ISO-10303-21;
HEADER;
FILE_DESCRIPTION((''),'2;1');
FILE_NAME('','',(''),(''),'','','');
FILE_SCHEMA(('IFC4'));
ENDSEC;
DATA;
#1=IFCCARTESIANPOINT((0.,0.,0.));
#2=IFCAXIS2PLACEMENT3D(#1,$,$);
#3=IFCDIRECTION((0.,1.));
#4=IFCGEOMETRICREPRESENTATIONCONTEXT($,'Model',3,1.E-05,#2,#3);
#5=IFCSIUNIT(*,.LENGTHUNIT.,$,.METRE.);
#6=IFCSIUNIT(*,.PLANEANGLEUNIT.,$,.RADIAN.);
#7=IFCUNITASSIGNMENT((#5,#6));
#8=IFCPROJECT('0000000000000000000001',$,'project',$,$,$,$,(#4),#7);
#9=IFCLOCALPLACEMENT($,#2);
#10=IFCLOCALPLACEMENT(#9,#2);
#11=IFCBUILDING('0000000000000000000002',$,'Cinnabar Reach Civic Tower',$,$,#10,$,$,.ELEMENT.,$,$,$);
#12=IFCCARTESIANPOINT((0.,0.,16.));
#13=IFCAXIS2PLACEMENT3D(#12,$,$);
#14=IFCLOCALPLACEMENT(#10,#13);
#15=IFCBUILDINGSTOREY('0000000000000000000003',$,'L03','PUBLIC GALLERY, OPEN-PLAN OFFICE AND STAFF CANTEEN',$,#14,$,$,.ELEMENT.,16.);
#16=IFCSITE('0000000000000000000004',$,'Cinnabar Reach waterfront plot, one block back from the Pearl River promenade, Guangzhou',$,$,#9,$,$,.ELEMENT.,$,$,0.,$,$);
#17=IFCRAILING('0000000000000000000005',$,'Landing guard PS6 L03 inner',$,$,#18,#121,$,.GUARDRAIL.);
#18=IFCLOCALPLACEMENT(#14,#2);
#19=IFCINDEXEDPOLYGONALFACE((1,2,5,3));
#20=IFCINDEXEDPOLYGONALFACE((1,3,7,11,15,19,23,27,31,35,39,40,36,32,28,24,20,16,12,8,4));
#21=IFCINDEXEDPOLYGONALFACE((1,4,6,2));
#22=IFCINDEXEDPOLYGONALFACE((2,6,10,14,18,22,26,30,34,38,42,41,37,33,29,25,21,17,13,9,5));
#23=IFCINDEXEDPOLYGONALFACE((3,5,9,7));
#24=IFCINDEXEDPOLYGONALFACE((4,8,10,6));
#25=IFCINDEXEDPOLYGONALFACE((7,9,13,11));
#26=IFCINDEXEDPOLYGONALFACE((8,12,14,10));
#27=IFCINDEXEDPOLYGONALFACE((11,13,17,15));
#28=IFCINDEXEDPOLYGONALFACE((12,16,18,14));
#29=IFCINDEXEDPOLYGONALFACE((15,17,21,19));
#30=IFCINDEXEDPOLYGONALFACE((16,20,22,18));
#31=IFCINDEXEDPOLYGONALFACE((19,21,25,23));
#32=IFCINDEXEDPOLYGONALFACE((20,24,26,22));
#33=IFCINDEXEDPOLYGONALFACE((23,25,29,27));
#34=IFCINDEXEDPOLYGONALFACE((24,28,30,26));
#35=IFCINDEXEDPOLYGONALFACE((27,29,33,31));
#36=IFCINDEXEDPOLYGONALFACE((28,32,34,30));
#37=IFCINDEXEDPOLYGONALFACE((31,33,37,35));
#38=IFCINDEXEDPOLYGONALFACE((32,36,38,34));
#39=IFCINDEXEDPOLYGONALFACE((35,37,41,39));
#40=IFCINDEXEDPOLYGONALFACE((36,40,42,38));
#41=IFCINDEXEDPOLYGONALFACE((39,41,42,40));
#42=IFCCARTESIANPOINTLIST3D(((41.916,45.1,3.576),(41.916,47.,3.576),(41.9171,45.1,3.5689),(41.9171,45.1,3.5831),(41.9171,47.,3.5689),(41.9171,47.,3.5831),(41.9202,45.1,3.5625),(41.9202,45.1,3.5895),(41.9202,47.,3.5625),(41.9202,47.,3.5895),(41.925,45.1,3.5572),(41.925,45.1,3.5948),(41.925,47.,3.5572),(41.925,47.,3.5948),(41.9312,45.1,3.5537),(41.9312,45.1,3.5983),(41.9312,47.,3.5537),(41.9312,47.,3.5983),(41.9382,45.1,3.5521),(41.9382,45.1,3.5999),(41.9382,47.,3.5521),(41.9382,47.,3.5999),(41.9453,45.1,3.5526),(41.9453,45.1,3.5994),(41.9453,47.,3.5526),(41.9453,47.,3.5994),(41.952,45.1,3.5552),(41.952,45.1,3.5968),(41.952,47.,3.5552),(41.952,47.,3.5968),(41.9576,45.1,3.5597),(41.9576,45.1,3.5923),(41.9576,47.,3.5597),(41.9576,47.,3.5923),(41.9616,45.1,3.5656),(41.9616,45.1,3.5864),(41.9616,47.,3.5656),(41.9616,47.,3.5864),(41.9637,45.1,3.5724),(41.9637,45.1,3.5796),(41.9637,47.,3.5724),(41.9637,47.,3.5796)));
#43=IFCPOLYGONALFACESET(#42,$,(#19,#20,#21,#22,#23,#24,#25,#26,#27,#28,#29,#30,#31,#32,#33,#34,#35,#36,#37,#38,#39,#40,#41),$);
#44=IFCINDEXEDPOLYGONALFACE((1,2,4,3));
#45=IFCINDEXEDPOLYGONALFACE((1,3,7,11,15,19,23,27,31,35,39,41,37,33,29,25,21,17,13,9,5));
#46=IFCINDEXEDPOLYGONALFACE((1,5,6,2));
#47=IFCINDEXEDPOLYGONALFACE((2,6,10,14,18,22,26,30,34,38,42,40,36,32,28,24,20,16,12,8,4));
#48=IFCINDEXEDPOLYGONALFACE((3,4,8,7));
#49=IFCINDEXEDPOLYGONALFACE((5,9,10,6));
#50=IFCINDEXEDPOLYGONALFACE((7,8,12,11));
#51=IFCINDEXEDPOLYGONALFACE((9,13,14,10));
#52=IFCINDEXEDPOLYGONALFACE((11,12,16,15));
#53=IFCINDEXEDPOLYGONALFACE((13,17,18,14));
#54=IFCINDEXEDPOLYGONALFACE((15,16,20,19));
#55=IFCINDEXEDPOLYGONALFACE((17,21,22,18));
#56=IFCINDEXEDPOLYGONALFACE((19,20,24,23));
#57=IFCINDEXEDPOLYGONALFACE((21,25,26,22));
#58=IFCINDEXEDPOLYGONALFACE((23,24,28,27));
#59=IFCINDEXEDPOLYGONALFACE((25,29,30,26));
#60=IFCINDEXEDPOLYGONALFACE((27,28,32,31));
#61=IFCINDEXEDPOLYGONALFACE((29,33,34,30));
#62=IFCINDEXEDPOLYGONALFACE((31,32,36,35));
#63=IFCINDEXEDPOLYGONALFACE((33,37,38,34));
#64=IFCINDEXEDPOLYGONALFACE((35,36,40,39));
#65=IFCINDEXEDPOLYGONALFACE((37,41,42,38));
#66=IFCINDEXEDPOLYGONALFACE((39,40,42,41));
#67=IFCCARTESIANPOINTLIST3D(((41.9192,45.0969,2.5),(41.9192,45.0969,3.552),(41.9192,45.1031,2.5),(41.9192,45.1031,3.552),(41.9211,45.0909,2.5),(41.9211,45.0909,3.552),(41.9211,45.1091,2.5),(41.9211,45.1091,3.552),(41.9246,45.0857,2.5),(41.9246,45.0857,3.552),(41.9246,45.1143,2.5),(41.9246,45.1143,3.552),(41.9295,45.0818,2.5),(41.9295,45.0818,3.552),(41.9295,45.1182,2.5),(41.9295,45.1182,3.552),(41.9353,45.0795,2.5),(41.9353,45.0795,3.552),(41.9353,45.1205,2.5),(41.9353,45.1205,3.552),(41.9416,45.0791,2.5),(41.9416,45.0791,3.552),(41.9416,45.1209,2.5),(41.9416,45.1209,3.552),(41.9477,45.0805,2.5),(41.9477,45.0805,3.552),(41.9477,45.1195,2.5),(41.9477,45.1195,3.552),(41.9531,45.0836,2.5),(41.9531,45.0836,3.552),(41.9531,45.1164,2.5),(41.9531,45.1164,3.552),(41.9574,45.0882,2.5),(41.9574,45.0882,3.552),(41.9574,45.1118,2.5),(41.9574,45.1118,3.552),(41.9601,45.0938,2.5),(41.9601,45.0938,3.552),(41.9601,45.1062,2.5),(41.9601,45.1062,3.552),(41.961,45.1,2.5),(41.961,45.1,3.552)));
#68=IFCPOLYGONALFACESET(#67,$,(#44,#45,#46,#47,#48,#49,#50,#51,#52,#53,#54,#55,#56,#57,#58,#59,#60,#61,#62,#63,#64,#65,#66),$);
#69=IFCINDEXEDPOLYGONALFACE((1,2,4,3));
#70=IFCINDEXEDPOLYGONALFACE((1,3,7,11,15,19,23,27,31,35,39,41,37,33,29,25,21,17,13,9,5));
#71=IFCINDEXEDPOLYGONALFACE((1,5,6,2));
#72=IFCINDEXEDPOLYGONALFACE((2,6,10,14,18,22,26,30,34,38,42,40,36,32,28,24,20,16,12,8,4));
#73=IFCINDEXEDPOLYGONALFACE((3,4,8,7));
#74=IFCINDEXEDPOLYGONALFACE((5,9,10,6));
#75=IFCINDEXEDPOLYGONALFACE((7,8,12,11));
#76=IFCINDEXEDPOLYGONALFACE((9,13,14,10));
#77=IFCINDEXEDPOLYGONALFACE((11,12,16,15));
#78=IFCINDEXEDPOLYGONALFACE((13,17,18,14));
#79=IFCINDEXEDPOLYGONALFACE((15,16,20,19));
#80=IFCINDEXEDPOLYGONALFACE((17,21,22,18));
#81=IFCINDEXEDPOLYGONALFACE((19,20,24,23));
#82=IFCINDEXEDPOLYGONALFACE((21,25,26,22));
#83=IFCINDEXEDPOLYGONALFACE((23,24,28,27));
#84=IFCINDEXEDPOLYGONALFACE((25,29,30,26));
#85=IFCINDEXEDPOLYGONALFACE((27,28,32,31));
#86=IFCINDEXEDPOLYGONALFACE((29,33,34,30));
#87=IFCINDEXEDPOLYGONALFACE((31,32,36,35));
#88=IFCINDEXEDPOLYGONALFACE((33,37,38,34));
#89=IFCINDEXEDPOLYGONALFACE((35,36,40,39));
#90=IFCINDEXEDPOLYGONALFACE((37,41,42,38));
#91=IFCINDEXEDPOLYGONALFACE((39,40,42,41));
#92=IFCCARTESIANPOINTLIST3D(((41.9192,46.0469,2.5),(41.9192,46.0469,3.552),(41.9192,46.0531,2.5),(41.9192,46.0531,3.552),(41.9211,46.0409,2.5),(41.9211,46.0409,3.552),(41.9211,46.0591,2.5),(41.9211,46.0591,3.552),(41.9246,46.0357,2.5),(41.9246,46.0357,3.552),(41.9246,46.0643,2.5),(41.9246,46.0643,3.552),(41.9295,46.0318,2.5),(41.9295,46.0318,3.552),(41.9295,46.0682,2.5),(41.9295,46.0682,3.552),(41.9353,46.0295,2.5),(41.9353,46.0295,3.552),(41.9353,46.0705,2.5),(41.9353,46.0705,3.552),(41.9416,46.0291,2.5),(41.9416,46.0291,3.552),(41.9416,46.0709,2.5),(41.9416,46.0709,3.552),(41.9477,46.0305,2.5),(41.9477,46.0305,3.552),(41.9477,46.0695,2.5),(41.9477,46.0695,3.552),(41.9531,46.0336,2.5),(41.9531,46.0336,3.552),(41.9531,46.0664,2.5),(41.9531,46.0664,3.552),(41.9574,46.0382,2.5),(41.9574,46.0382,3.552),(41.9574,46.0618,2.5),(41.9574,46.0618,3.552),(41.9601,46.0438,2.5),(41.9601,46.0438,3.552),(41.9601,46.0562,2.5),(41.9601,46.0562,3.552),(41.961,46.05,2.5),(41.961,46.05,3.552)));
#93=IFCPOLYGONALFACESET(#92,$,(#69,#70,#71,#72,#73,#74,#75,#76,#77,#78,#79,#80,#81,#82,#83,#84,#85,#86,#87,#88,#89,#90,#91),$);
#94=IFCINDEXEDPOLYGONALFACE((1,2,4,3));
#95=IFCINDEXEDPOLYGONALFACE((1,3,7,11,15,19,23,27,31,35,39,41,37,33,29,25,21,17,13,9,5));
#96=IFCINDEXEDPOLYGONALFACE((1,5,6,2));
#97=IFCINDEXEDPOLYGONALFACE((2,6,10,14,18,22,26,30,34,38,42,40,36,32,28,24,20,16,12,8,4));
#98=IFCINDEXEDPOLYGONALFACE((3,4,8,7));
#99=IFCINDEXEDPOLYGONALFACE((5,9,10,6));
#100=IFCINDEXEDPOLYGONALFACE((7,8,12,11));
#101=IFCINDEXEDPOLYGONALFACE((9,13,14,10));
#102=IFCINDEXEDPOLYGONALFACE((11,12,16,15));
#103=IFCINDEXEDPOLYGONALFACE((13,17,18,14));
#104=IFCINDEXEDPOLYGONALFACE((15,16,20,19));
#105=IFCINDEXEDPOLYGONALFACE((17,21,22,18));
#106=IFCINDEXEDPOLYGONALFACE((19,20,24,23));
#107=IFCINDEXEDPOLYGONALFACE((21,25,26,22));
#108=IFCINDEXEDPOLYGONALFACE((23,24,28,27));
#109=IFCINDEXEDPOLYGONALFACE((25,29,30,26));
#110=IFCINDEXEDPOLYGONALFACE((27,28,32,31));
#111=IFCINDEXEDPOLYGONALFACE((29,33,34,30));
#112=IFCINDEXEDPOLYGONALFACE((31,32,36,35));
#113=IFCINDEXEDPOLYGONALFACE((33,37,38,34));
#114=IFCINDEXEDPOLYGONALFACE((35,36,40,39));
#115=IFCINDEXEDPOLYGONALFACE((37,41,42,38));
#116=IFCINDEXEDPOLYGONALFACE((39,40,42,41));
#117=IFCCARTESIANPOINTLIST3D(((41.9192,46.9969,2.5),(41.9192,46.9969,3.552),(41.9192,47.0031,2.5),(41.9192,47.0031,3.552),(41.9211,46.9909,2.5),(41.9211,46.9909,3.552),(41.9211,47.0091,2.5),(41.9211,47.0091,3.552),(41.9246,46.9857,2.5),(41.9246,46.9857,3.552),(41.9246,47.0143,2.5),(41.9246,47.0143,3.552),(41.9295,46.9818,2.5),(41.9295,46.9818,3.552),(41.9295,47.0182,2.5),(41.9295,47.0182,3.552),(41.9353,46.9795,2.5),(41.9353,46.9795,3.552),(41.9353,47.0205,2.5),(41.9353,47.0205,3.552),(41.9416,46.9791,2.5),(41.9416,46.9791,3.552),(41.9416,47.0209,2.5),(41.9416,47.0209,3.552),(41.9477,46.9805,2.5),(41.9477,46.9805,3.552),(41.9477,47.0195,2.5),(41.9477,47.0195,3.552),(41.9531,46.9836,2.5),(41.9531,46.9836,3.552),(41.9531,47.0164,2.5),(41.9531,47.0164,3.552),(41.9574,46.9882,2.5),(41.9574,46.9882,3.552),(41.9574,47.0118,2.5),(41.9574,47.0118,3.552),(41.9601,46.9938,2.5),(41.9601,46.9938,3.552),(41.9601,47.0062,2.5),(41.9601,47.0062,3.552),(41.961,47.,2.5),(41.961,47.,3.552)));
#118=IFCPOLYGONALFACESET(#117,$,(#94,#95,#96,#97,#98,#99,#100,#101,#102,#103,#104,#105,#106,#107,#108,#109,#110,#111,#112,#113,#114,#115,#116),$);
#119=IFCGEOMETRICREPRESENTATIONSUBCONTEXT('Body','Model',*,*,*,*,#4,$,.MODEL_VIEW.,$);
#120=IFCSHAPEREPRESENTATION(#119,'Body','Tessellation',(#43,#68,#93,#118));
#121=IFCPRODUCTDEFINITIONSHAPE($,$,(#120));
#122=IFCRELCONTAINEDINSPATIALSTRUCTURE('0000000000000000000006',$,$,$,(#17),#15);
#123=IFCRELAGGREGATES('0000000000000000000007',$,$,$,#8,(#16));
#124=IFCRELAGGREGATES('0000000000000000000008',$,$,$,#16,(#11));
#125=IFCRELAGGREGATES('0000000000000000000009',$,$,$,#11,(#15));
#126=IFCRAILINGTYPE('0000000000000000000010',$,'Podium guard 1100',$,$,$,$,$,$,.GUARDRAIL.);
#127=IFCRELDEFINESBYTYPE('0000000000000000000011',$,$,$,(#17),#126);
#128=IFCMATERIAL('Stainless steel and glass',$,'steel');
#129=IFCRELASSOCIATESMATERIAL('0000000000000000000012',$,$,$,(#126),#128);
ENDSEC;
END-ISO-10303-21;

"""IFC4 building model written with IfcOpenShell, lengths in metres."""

from ifc_helpers import new_model, si_unit, direction, frame, origin, origin_2d, place, context, subcontext, project, spatial, circle, extrude, material, type_object, element, save


model = new_model("IFC4")

# Units and contexts
model_context = context("Model", 3, precision=1e-05, world=origin(), true_north=direction((0.0, 1.0)))
body_context = subcontext(model_context, "Body", "Model", "MODEL_VIEW")
ifc_project = project(units=[si_unit("LENGTHUNIT", "METRE"), si_unit("PLANEANGLEUNIT", "RADIAN")], contexts=[model_context])

# Site, building, storey
site_placement = place(None, origin())
site = spatial("IfcSite", under=ifc_project, at=site_placement, Name="Cinnabar Reach waterfront plot, one block back from the Pearl River promenade, Guangzhou", CompositionType="ELEMENT", RefElevation=0.0)
building_placement = place(site_placement, origin())
building = spatial("IfcBuilding", under=site, at=building_placement, Name="Cinnabar Reach Civic Tower", CompositionType="ELEMENT")
storey_placement = place(building_placement, frame((0.0, 0.0, 16.0)))
storey = spatial("IfcBuildingStorey", under=building, at=storey_placement, Name="L03", Description="PUBLIC GALLERY, OPEN-PLAN OFFICE AND STAFF CANTEEN", CompositionType="ELEMENT", Elevation=16.0)

# Railing
ifc_material_1 = material(Name="Stainless steel and glass", Category="steel")
railing_type_1 = type_object("IfcRailingType", Name="Podium guard 1100", PredefinedType="GUARDRAIL", material=ifc_material_1)
railing_1_placement = place(storey_placement, frame((41.94, 45.1, 2.5)))
element("IfcRailing", 1, at=railing_1_placement, inside=storey, type_object=railing_type_1, Name="Landing guard PS6 L03 inner", PredefinedType="GUARDRAIL", context=body_context, shape_type="SweptSolid", body=[
    extrude(circle(Radius=0.024, at=origin_2d()), frame((0.0, 0.0, 1.076), z_axis=(0.0, 1.0, 0.0), x_axis=(-1.0, 0.0, 0.0)), (0.0, 0.0, 1.0), 1.9),
    extrude(circle(Radius=0.021, at=origin_2d()), origin(), (0.0, 0.0, 1.0), 1.052),
    extrude(circle(Radius=0.021, at=origin_2d()), frame((0.0, 0.95, 0.0)), (0.0, 0.0, 1.0), 1.052),
    extrude(circle(Radius=0.021, at=origin_2d()), frame((0.0, 1.9, 0.0)), (0.0, 0.0, 1.0), 1.052),
])

save(model, "model.ifc")
